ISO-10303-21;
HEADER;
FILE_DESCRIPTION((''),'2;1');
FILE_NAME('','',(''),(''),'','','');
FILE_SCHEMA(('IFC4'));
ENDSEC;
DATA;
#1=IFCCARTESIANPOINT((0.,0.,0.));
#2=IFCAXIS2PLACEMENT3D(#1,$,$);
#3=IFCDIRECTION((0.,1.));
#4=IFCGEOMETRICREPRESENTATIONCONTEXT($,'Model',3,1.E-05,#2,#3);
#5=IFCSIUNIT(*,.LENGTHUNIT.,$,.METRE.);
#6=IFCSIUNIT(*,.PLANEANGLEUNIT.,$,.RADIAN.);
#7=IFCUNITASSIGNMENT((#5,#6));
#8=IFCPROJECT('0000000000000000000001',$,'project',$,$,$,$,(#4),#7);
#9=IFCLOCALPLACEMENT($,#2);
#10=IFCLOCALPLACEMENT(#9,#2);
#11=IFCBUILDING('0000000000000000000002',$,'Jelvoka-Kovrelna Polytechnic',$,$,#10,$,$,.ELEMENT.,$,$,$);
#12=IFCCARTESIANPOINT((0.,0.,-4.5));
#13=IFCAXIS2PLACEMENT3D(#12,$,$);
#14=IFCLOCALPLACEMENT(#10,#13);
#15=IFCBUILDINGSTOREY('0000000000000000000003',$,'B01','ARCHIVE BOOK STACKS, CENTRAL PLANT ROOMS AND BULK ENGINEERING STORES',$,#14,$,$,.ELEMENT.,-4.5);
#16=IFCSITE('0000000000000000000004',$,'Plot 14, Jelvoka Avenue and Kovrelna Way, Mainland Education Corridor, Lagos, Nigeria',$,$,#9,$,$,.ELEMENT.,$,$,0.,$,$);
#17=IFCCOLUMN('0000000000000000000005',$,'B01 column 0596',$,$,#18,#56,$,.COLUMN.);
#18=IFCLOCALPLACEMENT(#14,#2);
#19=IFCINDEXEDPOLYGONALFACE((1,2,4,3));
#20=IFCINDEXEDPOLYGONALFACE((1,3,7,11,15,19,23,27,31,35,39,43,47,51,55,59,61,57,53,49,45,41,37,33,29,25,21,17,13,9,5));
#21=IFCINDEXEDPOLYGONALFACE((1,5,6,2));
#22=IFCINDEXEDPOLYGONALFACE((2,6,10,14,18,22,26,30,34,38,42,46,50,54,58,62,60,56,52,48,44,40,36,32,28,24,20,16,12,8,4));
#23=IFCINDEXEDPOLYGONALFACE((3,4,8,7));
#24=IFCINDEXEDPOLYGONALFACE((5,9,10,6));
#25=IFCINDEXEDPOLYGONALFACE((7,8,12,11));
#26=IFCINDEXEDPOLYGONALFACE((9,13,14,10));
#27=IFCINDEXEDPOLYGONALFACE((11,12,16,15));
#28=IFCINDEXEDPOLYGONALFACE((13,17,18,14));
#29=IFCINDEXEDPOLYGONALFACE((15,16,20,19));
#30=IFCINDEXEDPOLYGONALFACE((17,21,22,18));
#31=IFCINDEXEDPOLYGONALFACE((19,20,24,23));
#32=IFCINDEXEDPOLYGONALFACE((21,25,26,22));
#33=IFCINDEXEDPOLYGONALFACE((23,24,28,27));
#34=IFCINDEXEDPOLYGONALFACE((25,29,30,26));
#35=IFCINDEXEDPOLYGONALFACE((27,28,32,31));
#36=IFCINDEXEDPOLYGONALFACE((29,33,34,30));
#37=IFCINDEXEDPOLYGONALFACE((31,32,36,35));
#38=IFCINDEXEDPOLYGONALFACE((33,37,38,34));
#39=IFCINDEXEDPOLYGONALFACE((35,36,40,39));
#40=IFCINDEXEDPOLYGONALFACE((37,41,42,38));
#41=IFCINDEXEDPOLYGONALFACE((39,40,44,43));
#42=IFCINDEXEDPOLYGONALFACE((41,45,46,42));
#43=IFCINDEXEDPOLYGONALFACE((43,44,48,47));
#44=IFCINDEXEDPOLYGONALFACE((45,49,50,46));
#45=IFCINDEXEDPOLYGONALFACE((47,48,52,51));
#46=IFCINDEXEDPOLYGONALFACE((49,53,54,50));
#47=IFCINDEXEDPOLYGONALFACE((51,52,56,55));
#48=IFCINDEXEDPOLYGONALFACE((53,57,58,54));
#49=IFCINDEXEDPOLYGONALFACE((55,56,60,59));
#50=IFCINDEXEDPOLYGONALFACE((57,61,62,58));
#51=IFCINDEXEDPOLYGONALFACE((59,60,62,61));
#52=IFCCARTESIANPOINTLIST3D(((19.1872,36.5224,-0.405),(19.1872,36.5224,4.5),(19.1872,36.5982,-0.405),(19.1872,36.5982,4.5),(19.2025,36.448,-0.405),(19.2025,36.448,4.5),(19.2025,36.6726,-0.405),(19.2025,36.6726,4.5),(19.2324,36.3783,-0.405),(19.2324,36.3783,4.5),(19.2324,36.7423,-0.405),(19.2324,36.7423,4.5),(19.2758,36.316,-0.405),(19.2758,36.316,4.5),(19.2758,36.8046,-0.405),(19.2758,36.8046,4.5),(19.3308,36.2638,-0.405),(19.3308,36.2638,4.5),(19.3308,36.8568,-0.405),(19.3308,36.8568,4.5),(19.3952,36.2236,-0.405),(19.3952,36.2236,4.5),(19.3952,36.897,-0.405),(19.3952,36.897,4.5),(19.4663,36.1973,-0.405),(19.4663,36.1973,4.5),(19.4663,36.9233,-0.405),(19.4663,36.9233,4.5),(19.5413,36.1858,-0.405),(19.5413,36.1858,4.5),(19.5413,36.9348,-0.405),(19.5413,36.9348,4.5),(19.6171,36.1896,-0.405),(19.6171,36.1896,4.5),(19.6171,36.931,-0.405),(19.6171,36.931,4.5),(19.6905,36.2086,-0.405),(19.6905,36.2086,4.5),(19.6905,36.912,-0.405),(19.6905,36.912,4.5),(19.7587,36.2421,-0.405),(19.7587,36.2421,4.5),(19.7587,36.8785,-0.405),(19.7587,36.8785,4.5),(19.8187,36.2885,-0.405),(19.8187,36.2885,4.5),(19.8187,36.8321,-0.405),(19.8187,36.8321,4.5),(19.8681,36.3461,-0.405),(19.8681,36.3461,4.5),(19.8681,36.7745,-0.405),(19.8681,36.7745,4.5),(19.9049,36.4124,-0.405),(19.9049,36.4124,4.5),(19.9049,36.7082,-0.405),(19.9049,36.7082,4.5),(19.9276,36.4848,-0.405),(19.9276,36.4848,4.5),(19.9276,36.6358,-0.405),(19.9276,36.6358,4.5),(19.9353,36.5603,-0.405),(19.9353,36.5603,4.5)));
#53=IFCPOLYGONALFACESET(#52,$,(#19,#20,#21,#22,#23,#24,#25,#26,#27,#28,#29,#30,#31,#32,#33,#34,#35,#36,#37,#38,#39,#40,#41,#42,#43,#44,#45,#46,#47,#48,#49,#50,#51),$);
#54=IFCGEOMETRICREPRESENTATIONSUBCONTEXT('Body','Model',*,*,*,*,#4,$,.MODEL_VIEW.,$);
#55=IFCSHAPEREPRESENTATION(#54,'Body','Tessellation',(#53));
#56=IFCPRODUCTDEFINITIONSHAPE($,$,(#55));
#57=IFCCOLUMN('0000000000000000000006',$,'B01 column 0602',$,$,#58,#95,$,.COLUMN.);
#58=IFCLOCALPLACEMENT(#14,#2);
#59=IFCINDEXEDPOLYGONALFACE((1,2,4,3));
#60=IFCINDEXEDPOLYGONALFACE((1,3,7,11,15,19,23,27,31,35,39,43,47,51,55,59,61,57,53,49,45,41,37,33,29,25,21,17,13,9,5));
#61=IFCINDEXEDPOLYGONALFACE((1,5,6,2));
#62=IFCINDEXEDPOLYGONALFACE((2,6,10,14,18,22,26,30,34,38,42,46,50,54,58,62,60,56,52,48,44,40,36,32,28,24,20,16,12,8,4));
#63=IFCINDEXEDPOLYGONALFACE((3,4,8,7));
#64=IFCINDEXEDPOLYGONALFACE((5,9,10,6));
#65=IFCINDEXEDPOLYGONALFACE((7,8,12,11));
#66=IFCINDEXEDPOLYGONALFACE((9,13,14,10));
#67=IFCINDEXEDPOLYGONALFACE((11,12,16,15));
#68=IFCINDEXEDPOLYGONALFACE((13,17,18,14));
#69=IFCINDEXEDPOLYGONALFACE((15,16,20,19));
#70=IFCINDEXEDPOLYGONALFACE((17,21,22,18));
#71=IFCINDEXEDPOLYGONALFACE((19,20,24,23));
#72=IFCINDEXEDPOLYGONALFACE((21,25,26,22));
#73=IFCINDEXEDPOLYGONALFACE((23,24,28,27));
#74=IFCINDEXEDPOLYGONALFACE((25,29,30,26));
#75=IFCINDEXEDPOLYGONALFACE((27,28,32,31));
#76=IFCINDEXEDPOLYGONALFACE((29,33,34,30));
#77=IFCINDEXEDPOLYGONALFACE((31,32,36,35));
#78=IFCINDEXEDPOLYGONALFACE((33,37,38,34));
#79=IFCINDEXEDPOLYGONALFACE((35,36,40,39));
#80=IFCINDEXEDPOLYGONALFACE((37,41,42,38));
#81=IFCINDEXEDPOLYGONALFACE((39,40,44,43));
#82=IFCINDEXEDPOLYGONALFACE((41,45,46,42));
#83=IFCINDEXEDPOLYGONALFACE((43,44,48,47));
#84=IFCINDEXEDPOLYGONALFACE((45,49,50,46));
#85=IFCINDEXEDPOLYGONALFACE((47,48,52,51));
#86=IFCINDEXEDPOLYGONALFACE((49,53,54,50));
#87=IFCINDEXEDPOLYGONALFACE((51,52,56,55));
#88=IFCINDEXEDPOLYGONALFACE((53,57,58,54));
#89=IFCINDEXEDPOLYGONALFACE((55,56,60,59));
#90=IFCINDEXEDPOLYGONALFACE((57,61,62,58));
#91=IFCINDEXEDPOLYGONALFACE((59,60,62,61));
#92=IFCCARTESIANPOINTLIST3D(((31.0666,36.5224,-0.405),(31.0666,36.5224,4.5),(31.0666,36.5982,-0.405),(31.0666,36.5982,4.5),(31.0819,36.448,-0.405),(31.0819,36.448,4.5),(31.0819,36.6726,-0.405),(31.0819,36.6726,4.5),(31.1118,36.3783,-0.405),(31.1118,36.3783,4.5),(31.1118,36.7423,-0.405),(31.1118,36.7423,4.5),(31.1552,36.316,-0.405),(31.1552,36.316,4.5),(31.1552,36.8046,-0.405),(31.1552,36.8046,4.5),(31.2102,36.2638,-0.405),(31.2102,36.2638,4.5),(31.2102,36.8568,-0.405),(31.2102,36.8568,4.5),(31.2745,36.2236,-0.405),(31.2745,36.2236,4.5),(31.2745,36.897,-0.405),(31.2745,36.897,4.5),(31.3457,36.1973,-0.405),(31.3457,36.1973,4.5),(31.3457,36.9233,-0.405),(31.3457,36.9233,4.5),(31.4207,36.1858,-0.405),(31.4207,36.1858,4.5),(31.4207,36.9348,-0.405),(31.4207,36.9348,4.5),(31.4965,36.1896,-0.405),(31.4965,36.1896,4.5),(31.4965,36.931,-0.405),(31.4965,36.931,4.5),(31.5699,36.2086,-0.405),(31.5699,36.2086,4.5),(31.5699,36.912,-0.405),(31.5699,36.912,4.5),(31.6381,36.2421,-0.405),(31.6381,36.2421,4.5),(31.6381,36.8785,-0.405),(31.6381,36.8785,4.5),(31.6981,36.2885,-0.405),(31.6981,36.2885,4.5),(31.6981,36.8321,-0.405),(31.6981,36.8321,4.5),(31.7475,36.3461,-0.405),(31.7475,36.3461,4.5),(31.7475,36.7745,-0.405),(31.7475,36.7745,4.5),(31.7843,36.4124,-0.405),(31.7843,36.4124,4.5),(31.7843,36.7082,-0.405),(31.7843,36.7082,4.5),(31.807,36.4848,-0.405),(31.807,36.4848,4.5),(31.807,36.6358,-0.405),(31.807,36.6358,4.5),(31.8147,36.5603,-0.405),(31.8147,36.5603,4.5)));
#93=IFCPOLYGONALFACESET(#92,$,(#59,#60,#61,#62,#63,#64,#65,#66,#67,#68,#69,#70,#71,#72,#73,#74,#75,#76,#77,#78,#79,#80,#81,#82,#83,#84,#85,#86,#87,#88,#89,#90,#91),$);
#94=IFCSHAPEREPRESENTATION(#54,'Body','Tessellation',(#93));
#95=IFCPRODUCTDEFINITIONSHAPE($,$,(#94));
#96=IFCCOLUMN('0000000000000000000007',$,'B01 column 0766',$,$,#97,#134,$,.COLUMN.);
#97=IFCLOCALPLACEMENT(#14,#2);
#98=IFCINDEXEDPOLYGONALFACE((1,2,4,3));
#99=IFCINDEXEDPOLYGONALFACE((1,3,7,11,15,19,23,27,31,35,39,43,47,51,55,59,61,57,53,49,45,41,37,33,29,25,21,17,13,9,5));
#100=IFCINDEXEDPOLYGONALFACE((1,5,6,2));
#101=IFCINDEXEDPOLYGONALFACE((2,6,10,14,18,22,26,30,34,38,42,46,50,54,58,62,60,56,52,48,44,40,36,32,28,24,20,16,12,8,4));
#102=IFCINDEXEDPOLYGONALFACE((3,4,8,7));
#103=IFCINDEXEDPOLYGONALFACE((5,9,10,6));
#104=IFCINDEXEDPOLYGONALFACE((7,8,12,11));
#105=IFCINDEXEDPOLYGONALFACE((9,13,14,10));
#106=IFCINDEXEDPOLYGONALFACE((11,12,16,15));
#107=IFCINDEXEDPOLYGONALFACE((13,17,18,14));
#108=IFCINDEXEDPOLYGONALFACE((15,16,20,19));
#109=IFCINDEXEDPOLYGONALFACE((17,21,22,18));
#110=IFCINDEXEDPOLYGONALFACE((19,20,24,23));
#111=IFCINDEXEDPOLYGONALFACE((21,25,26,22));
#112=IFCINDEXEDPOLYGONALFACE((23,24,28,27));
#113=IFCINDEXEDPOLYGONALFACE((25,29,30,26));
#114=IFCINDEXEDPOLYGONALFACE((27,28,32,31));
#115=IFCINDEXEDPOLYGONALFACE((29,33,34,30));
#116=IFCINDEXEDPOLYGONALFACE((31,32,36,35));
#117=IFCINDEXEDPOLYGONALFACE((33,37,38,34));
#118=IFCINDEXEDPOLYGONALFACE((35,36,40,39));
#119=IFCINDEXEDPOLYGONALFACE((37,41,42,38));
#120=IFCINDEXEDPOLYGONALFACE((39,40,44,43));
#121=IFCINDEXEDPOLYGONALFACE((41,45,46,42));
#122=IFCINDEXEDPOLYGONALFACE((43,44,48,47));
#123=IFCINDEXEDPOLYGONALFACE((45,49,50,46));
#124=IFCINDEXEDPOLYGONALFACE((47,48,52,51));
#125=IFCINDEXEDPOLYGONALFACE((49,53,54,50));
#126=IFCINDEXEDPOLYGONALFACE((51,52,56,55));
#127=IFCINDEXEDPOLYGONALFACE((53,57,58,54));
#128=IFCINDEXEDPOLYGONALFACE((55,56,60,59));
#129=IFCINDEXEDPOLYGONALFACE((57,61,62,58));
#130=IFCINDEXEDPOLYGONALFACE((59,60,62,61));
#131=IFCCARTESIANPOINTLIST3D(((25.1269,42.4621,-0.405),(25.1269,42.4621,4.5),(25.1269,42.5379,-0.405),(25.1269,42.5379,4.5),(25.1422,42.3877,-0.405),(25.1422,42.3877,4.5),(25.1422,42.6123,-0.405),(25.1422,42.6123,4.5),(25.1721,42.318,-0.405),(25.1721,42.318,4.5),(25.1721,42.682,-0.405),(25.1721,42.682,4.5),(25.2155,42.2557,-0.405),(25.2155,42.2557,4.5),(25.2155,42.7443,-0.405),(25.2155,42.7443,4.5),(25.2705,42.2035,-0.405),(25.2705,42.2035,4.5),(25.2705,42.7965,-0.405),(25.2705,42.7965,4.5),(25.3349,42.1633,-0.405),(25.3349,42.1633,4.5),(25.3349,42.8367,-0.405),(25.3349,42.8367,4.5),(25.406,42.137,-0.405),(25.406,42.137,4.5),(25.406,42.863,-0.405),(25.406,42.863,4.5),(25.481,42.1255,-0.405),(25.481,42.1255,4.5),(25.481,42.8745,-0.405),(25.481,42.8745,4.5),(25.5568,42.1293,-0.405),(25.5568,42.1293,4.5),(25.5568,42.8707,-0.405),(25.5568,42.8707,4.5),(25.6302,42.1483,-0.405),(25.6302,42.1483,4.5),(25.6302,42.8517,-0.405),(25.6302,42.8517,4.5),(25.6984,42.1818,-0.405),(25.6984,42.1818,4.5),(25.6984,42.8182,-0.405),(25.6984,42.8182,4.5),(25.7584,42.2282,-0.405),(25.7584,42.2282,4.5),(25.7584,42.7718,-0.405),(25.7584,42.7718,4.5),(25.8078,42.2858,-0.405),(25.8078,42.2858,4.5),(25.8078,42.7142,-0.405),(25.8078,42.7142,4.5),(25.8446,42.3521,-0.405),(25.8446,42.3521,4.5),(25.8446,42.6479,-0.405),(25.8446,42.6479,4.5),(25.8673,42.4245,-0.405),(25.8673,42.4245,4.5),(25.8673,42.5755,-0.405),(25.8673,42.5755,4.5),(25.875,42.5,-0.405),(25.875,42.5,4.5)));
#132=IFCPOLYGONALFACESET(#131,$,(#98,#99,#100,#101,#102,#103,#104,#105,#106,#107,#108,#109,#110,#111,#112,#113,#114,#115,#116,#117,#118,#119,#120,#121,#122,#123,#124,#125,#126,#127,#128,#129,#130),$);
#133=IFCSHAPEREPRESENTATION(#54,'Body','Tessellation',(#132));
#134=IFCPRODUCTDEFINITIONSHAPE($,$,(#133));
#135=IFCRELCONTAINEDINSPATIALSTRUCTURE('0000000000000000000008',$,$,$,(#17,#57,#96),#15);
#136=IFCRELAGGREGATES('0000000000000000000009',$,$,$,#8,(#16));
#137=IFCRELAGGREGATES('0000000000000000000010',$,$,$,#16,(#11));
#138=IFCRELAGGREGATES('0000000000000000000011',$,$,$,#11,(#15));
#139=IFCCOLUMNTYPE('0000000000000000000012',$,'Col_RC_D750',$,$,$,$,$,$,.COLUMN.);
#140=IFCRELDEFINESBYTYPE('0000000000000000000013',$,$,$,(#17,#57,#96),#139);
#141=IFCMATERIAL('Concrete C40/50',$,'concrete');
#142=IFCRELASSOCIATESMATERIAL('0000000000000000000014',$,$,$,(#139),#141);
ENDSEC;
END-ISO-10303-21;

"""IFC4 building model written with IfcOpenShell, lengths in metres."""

from ifc_helpers import new_model, si_unit, direction, frame, origin, origin_2d, place, context, subcontext, project, spatial, circle, extrude, material, material_profile, profile_set, type_object, element, save


model = new_model("IFC4")

# Units and contexts
model_context = context("Model", 3, precision=1e-05, world=origin(), true_north=direction((0.0, 1.0)))
body_context = subcontext(model_context, "Body", "Model", "MODEL_VIEW")
ifc_project = project(units=[si_unit("LENGTHUNIT", "METRE"), si_unit("PLANEANGLEUNIT", "RADIAN")], contexts=[model_context])

# Site, building, storey
site_placement = place(None, origin())
site = spatial("IfcSite", under=ifc_project, at=site_placement, Name="Plot 14, Jelvoka Avenue and Kovrelna Way, Mainland Education Corridor, Lagos, Nigeria", CompositionType="ELEMENT", RefElevation=0.0)
building_placement = place(site_placement, origin())
building = spatial("IfcBuilding", under=site, at=building_placement, Name="Jelvoka-Kovrelna Polytechnic", CompositionType="ELEMENT")
storey_placement = place(building_placement, frame((0.0, 0.0, -4.5)))
storey = spatial("IfcBuildingStorey", under=building, at=storey_placement, Name="B01", Description="ARCHIVE BOOK STACKS, CENTRAL PLANT ROOMS AND BULK ENGINEERING STORES", CompositionType="ELEMENT", Elevation=-4.5)

# Columns
ifc_material_1 = material(Name="Concrete C40/50", Category="concrete")
ifc_material_profile_1 = material_profile(ifc_material_1, circle(Radius=0.375, at=origin_2d()), Name="RC D750")
ifc_profile_set_1 = profile_set([ifc_material_profile_1], Name="Concrete C40/50")
column_type = type_object("IfcColumnType", Name="Col_RC_D750", PredefinedType="COLUMN", material=ifc_profile_set_1)
for number, where, z_axis, x_axis, name in (
    (1, (19.5603, 36.5603, -0.405), (0.0, 0.0, 1.0), (1.0, 0.0, 0.0), "B01 column 0596"),
    (2, (31.4397, 36.5603, -0.405), (0.0, 0.0, 1.0), (1.0, 0.0, 0.0), "B01 column 0602"),
    (3, (25.5, 42.5, -0.405), (0.0, 0.0, 1.0), (1.0, 0.0, 0.0), "B01 column 0766"),
):
    element("IfcColumn", number, at=place(storey_placement, frame(where, z_axis=z_axis, x_axis=x_axis)), inside=storey, type_object=column_type, Name=name, PredefinedType="COLUMN", context=body_context, shape_type="SweptSolid", body=[
        extrude(circle(Radius=0.375, at=origin_2d()), origin(), (0.0, 0.0, 1.0), 4.905),
    ])

save(model, "model.ifc")
